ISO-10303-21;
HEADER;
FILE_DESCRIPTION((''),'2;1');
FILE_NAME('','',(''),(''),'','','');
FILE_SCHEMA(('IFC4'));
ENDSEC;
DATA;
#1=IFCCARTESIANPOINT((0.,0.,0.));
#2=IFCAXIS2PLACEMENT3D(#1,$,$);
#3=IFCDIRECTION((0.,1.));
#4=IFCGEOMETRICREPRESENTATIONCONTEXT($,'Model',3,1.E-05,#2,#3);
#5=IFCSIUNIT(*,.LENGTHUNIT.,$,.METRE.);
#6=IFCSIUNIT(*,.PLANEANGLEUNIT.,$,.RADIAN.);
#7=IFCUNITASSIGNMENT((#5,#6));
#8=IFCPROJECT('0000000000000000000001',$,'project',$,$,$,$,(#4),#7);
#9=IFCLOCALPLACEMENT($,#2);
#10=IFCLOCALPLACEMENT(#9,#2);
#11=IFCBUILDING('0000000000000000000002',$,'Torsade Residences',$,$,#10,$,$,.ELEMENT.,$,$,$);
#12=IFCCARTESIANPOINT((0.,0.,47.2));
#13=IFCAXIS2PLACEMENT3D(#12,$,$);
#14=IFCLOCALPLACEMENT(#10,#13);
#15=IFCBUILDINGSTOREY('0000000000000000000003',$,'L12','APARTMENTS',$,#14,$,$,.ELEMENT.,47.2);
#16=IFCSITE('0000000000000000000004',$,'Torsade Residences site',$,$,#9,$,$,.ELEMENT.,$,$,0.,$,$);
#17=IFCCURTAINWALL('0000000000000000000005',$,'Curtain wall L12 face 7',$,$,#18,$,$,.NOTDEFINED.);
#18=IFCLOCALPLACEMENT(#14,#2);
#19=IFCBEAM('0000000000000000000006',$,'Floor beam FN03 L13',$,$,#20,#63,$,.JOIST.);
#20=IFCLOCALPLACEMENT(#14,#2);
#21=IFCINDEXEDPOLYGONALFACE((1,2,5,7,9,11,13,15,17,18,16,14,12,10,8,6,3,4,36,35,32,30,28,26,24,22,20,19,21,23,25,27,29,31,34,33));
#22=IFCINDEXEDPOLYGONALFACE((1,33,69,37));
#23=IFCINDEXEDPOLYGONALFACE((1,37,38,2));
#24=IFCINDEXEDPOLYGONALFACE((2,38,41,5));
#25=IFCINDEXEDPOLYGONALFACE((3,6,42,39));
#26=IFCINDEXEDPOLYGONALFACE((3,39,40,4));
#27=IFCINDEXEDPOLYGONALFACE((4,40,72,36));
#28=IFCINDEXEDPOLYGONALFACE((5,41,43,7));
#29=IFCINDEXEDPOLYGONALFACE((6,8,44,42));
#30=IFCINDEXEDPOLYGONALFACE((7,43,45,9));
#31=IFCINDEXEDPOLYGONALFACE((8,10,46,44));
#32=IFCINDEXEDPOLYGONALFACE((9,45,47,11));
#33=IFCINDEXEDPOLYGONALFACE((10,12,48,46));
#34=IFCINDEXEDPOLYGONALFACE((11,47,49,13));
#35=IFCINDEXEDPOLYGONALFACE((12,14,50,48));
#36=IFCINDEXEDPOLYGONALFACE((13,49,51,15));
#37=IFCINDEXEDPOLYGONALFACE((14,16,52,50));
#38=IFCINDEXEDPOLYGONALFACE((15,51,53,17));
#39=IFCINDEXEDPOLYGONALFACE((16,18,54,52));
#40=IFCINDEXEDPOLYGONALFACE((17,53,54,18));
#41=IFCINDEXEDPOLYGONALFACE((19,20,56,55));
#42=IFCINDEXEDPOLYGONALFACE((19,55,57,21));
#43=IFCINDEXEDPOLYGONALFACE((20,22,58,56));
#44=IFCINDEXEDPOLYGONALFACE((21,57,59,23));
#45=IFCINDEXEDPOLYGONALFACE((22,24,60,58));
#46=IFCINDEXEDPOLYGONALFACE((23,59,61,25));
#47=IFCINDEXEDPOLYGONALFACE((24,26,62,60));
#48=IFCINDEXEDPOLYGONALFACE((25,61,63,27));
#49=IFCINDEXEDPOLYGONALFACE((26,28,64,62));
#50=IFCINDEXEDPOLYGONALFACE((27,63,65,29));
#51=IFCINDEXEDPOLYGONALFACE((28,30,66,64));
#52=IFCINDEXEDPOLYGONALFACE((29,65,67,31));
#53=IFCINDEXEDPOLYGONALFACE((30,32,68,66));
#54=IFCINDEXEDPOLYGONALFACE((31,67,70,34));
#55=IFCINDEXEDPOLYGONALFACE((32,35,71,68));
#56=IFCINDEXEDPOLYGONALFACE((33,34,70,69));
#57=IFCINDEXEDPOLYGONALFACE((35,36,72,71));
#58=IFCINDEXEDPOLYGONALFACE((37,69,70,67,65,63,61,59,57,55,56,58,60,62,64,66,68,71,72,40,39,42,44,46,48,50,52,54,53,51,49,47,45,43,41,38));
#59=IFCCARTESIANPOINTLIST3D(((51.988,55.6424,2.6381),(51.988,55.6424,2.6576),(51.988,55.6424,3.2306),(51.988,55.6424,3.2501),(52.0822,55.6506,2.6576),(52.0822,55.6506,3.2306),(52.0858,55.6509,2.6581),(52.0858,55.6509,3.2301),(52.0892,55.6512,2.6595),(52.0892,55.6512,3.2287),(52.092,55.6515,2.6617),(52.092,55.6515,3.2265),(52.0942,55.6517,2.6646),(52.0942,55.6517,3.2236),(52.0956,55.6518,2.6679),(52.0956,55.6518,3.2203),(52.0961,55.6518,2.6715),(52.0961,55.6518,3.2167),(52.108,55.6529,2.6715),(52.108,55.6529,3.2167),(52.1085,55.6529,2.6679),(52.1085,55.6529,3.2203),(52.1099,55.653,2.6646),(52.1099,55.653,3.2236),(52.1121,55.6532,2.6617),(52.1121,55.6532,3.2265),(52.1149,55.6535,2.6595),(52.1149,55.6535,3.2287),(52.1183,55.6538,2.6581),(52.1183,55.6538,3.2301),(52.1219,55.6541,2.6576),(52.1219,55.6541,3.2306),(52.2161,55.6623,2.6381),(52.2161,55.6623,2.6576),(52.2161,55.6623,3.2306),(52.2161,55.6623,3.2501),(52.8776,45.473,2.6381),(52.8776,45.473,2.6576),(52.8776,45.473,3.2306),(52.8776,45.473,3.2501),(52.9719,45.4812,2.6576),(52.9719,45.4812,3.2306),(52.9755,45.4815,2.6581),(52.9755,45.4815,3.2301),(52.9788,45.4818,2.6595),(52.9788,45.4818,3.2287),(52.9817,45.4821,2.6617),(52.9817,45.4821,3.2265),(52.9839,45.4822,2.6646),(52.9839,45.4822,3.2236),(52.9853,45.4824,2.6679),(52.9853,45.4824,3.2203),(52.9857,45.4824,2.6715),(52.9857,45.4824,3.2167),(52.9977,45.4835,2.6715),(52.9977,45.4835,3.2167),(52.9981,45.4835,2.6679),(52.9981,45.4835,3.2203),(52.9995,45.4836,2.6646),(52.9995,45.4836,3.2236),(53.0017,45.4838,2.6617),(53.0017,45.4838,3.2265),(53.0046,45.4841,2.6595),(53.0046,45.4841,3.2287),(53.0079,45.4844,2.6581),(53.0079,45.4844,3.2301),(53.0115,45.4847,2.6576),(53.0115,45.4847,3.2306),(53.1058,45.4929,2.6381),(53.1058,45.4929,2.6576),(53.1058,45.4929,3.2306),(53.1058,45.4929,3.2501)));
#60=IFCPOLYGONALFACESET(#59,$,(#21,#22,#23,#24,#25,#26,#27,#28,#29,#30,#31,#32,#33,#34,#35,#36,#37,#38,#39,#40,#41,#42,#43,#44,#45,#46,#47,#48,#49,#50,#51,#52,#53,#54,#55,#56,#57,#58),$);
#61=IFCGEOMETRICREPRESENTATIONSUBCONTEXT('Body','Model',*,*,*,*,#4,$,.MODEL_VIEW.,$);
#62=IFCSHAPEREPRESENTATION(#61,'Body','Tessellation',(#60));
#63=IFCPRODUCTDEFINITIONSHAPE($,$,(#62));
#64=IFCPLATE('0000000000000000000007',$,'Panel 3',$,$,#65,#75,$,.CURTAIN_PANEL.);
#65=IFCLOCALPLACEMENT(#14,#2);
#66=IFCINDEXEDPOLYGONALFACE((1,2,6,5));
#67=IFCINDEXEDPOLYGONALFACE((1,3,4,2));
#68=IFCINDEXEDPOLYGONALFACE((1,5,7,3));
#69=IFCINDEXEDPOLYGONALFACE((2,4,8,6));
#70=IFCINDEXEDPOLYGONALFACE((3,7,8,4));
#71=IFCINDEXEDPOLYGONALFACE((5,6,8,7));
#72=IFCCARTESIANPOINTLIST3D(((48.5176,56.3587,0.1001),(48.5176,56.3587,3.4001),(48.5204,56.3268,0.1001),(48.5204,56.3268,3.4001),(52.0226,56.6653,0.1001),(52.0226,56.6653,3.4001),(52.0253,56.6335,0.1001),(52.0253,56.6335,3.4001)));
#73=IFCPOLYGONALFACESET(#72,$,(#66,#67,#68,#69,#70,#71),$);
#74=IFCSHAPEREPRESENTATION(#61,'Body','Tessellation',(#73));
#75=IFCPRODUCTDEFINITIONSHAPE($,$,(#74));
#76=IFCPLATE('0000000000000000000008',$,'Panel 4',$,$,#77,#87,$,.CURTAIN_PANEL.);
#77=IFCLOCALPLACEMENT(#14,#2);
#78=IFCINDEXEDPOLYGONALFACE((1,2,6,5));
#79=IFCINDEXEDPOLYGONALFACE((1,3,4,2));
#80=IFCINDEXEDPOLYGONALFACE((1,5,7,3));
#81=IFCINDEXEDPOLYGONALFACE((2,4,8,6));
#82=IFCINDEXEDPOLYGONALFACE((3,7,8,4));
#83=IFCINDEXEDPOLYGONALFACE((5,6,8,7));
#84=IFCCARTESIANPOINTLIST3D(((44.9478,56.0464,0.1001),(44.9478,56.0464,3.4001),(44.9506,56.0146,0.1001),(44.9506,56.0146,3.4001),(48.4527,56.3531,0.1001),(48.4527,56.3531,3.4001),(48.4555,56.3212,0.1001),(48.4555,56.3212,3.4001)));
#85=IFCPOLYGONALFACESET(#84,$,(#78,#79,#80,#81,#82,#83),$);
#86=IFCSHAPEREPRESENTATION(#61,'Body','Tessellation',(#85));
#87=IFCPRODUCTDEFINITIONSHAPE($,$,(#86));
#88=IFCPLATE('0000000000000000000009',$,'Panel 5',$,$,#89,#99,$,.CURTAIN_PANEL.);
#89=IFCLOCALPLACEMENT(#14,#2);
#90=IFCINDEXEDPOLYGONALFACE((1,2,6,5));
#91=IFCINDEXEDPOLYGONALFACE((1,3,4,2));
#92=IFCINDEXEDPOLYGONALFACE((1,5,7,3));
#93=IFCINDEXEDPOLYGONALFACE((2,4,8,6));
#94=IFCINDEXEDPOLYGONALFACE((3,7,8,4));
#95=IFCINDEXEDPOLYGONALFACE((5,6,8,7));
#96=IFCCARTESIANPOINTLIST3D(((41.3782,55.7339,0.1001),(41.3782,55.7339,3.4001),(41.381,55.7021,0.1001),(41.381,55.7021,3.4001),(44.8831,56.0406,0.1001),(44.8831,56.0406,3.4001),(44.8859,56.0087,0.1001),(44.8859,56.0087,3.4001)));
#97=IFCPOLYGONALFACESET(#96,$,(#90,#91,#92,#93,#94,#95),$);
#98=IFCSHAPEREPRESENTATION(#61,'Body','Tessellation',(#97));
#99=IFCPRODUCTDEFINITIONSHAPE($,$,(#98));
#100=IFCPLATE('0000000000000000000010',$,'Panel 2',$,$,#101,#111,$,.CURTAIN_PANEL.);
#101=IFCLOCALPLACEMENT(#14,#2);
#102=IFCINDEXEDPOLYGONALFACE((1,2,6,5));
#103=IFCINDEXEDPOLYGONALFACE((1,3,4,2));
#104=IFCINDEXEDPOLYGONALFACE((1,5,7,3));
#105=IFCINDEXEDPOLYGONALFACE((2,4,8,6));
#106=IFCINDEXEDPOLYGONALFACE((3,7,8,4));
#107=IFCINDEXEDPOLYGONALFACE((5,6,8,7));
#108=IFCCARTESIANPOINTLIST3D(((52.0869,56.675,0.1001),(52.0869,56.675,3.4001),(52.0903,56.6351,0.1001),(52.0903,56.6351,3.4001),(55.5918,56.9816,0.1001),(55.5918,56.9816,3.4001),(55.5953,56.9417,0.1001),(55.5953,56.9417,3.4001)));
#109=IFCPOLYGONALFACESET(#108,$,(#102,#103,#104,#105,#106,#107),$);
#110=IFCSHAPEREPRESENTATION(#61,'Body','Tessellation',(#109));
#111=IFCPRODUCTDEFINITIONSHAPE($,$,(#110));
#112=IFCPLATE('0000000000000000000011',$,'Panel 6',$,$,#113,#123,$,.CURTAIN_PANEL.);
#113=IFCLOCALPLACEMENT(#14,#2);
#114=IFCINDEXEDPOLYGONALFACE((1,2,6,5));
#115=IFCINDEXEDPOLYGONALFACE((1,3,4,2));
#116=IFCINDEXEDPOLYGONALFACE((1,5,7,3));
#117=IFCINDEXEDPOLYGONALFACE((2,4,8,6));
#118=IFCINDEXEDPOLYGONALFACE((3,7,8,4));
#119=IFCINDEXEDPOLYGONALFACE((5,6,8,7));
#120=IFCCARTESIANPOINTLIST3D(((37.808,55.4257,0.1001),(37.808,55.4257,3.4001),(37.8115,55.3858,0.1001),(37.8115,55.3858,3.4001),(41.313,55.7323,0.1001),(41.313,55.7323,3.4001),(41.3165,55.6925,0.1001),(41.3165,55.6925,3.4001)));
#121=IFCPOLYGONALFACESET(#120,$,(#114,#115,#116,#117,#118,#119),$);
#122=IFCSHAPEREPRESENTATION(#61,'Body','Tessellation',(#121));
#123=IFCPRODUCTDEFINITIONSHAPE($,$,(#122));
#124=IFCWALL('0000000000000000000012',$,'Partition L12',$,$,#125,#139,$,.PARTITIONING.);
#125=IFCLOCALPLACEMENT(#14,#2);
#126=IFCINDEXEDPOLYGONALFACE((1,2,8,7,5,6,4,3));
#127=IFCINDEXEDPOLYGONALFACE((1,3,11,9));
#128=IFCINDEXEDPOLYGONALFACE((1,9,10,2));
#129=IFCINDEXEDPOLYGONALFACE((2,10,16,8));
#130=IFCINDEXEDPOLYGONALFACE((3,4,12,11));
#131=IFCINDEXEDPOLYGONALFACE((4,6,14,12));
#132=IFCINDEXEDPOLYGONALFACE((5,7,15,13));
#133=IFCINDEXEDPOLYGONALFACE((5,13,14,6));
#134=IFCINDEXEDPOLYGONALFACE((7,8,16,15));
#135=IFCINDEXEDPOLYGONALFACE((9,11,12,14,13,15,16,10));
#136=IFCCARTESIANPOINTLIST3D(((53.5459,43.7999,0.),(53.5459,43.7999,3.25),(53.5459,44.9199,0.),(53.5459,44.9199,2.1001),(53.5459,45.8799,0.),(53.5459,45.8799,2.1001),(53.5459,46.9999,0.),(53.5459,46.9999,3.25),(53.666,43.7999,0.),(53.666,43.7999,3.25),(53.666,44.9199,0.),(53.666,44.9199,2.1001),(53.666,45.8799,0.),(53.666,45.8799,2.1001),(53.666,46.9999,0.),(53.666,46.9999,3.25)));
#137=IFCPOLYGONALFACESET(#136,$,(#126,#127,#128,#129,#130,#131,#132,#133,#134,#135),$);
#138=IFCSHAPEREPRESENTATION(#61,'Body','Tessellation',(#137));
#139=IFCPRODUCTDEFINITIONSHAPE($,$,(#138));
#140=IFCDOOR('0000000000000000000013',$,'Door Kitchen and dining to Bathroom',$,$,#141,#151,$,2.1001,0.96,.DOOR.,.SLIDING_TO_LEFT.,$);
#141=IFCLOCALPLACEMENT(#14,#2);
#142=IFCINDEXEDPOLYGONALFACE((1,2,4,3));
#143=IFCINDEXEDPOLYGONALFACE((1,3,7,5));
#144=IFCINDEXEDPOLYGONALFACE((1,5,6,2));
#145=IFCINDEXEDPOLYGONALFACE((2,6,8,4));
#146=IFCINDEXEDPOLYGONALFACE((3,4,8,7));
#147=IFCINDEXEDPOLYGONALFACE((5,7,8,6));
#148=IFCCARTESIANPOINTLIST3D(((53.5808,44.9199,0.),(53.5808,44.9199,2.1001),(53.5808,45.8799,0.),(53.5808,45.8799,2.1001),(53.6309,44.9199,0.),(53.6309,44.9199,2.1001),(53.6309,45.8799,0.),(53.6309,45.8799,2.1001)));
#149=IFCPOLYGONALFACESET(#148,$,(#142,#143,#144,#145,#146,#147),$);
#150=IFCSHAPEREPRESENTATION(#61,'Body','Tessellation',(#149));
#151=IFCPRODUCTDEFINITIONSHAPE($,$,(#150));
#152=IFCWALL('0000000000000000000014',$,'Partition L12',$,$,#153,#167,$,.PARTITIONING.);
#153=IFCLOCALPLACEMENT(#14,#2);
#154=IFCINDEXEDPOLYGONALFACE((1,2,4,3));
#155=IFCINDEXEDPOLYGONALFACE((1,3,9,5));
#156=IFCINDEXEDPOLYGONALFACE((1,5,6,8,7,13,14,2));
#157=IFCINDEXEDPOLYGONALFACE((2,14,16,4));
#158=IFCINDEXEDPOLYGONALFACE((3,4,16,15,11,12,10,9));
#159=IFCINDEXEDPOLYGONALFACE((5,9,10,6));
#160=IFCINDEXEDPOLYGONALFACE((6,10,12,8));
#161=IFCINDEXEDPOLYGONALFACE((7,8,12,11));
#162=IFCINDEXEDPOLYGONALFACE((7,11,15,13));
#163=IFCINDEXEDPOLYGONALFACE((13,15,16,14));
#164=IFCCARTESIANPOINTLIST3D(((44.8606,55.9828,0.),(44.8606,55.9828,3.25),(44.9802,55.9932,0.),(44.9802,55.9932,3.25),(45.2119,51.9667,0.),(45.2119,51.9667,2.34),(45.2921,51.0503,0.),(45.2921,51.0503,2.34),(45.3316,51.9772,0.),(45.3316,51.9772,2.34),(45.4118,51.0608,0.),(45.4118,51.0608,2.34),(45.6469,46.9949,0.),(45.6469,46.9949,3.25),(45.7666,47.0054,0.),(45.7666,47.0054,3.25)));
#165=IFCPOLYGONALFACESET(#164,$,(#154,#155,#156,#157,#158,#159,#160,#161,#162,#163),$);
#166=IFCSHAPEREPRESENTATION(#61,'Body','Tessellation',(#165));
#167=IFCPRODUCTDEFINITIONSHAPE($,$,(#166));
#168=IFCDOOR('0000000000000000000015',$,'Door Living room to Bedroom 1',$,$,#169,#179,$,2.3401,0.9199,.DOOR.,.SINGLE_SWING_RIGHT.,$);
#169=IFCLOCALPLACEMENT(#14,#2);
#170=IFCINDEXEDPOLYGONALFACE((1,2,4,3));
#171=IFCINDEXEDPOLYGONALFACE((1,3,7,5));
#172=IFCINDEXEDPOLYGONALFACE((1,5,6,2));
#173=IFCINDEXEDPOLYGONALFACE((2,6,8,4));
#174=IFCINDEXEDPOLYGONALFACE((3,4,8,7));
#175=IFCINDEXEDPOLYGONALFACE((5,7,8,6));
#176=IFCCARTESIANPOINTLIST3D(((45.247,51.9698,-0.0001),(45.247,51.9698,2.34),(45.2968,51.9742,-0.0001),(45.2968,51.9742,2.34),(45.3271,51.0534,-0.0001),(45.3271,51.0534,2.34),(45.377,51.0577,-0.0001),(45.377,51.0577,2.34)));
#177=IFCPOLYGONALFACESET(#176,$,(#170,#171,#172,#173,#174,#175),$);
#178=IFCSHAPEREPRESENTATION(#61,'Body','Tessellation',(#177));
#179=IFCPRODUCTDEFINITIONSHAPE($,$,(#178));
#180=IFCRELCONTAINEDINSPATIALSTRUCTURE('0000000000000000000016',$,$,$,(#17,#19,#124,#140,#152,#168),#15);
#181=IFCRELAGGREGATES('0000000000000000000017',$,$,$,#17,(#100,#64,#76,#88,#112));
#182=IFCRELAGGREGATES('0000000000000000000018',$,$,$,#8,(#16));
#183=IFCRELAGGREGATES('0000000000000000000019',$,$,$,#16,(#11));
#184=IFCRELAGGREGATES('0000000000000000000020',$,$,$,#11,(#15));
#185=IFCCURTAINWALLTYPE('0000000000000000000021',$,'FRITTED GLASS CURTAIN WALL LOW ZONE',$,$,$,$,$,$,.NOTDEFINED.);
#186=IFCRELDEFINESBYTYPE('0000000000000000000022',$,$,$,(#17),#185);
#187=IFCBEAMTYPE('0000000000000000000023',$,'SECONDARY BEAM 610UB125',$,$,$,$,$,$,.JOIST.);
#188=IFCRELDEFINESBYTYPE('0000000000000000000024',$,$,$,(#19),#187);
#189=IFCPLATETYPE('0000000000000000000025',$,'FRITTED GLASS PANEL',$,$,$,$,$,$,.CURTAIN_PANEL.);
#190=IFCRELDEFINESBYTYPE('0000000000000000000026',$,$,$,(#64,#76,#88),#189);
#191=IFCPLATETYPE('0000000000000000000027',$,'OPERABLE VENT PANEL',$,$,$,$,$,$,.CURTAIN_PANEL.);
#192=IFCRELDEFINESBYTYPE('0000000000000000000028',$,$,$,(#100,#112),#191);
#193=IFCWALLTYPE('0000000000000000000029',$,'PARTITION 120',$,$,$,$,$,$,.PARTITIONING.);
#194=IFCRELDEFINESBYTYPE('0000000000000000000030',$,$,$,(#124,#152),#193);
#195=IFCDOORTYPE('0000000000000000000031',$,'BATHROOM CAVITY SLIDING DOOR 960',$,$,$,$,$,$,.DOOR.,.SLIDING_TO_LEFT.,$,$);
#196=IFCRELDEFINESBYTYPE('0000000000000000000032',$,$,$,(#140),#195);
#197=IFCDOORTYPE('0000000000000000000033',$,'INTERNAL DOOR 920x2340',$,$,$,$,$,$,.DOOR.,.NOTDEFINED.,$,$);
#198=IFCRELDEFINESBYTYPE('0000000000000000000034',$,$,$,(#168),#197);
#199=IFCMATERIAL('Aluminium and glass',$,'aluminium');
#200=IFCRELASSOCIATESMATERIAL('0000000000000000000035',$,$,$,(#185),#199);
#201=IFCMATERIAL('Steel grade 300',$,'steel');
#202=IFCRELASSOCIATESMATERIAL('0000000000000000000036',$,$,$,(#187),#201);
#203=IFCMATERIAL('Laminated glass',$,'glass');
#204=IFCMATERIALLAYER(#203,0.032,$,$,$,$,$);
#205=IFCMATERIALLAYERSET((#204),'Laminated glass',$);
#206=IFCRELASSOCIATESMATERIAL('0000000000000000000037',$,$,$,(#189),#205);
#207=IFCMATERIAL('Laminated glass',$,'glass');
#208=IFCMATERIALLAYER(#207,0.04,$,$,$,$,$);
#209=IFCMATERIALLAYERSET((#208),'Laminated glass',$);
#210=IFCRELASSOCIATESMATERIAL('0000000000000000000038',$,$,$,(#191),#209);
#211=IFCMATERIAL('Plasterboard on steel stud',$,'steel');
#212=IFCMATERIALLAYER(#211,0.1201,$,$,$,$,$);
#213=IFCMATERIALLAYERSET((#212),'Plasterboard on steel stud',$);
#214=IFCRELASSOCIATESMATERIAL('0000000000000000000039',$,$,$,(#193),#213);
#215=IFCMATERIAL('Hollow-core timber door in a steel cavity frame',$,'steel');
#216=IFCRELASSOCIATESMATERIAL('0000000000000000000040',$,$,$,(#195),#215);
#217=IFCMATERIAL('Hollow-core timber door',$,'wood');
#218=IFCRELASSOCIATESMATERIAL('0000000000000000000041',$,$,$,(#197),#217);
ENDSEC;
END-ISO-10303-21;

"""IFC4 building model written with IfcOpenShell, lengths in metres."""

from ifc_helpers import new_model, si_unit, direction, frame, frame_2d, origin, origin_2d, place, context, subcontext, project, spatial, rectangle, i_section, extrude, material, layer, layer_set, material_profile, profile_set, type_object, element, fill, aggregate, save


model = new_model("IFC4")

# Units and contexts
model_context = context("Model", 3, precision=1e-05, world=origin(), true_north=direction((0.0, 1.0)))
body_context = subcontext(model_context, "Body", "Model", "MODEL_VIEW")
ifc_project = project(units=[si_unit("LENGTHUNIT", "METRE"), si_unit("PLANEANGLEUNIT", "RADIAN")], contexts=[model_context])

# Site, building, storey
site_placement = place(None, origin())
site = spatial("IfcSite", under=ifc_project, at=site_placement, Name="Torsade Residences site", CompositionType="ELEMENT", RefElevation=0.0)
building_placement = place(site_placement, origin())
building = spatial("IfcBuilding", under=site, at=building_placement, Name="Torsade Residences", CompositionType="ELEMENT")
storey_placement = place(building_placement, frame((0.0, 0.0, 47.2)))
storey = spatial("IfcBuildingStorey", under=building, at=storey_placement, Name="L12", Description="APARTMENTS", CompositionType="ELEMENT", Elevation=47.2)

# Curtain wall
ifc_material_1 = material(Name="Aluminium and glass", Category="aluminium")
curtain_wall_type = type_object("IfcCurtainWallType", Name="FRITTED GLASS CURTAIN WALL LOW ZONE", PredefinedType="NOTDEFINED", material=ifc_material_1)
curtain_wall_placement = place(storey_placement, origin())
curtain_wall = element("IfcCurtainWall", 1, at=curtain_wall_placement, inside=storey, type_object=curtain_wall_type, Name="Curtain wall L12 face 7", PredefinedType="NOTDEFINED")

# Beam
ifc_material_2 = material(Name="Steel grade 300", Category="steel")
ifc_material_profile_1 = material_profile(ifc_material_2, i_section(OverallWidth=0.229, OverallDepth=0.6121, WebThickness=0.012, FlangeThickness=0.0195, FilletRadius=0.0139, at=origin_2d()), Name="610UB125")
ifc_profile_set_1 = profile_set([ifc_material_profile_1], Name="Steel grade 300")
beam_type_1 = type_object("IfcBeamType", Name="SECONDARY BEAM 610UB125", PredefinedType="JOIST", material=ifc_profile_set_1)
beam_1_placement = place(storey_placement, frame((52.1021, 55.6523, 2.9441), z_axis=(0.08715, -0.996195, 0.0), x_axis=(0.996195, 0.08715, 0.0)))
element("IfcBeam", 2, at=beam_1_placement, inside=storey, type_object=beam_type_1, Name="Floor beam FN03 L13", PredefinedType="JOIST", context=body_context, shape_type="SweptSolid", body=[
    extrude(i_section(OverallWidth=0.229, OverallDepth=0.6121, WebThickness=0.012, FlangeThickness=0.0195, FilletRadius=0.0139, at=origin_2d()), origin(), (0.0, 0.0, 1.0), 10.2083),
])

# Plates
ifc_material_3 = material(Name="Laminated glass", Category="glass")
ifc_layer_1 = layer(ifc_material_3, 0.032)
ifc_layer_set_1 = layer_set([ifc_layer_1], Name="Laminated glass")
plate_type_1 = type_object("IfcPlateType", Name="FRITTED GLASS PANEL", PredefinedType="CURTAIN_PANEL", material=ifc_layer_set_1)
plate_1_placement = place(storey_placement, frame((50.2715, 56.4961, 0.1001), z_axis=(0.0, 0.0, 1.0), x_axis=(-0.996195, -0.087156, 0.0)))
plate_1 = element("IfcPlate", 3, at=plate_1_placement, type_object=plate_type_1, Name="Panel 3", PredefinedType="CURTAIN_PANEL", context=body_context, shape_type="SweptSolid", body=[
    extrude(rectangle(XDim=3.5183, YDim=0.032, at=origin_2d()), origin(), (0.0, 0.0, 1.0), 3.3),
])
plate_2_placement = place(storey_placement, frame((46.7017, 56.1838, 0.1001), z_axis=(0.0, 0.0, 1.0), x_axis=(-0.996195, -0.087156, 0.0)))
plate_2 = element("IfcPlate", 4, at=plate_2_placement, type_object=plate_type_1, Name="Panel 4", PredefinedType="CURTAIN_PANEL", context=body_context, shape_type="SweptSolid", body=[
    extrude(rectangle(XDim=3.5183, YDim=0.032, at=origin_2d()), origin(), (0.0, 0.0, 1.0), 3.3),
])
plate_3_placement = place(storey_placement, frame((43.1321, 55.8713, 0.1001), z_axis=(0.0, 0.0, 1.0), x_axis=(-0.996195, -0.087156, 0.0)))
plate_3 = element("IfcPlate", 5, at=plate_3_placement, type_object=plate_type_1, Name="Panel 5", PredefinedType="CURTAIN_PANEL", context=body_context, shape_type="SweptSolid", body=[
    extrude(rectangle(XDim=3.5183, YDim=0.032, at=origin_2d()), origin(), (0.0, 0.0, 1.0), 3.3),
])
ifc_material_4 = material(Name="Laminated glass", Category="glass")
ifc_layer_2 = layer(ifc_material_4, 0.04)
ifc_layer_set_2 = layer_set([ifc_layer_2], Name="Laminated glass")
plate_type_2 = type_object("IfcPlateType", Name="OPERABLE VENT PANEL", PredefinedType="CURTAIN_PANEL", material=ifc_layer_set_2)
plate_4_placement = place(storey_placement, frame((53.8411, 56.8083, 0.1001), z_axis=(0.0, 0.0, 1.0), x_axis=(-0.996195, -0.087156, 0.0)))
plate_4 = element("IfcPlate", 6, at=plate_4_placement, type_object=plate_type_2, Name="Panel 2", PredefinedType="CURTAIN_PANEL", context=body_context, shape_type="SweptSolid", body=[
    extrude(rectangle(XDim=3.5183, YDim=0.04, at=origin_2d()), origin(), (0.0, 0.0, 1.0), 3.3),
])
plate_5_placement = place(storey_placement, frame((39.5623, 55.5591, 0.1001), z_axis=(0.0, 0.0, 1.0), x_axis=(-0.996195, -0.087156, 0.0)))
plate_5 = element("IfcPlate", 7, at=plate_5_placement, type_object=plate_type_2, Name="Panel 6", PredefinedType="CURTAIN_PANEL", context=body_context, shape_type="SweptSolid", body=[
    extrude(rectangle(XDim=3.5183, YDim=0.04, at=origin_2d()), origin(), (0.0, 0.0, 1.0), 3.3),
])
aggregate(curtain_wall, [plate_4, plate_1, plate_2, plate_3, plate_5])

# Walls, openings, doors
ifc_material_5 = material(Name="Plasterboard on steel stud", Category="steel")
ifc_layer_3 = layer(ifc_material_5, 0.1201)
ifc_layer_set_3 = layer_set([ifc_layer_3], Name="Plasterboard on steel stud")
wall_type_1 = type_object("IfcWallType", Name="PARTITION 120", PredefinedType="PARTITIONING", material=ifc_layer_set_3)
wall_1_placement = place(storey_placement, frame((53.606, 47.0, 0.0), z_axis=(0.0, 0.0, 1.0), x_axis=(0.0, -1.0, 0.0)))
wall_1 = element("IfcWall", 8, at=wall_1_placement, inside=storey, type_object=wall_type_1, Name="Partition L12", PredefinedType="PARTITIONING", context=body_context, shape_type="SweptSolid", body=[
    extrude(rectangle(XDim=3.2, YDim=0.1201, at=frame_2d((1.6001, 0.0))), origin(), (0.0, 0.0, 1.0), 3.25),
])
opening_1_placement = place(wall_1_placement, frame((1.1201, 0.0, 0.0)))
opening_1 = element("IfcOpeningElement", 9, at=opening_1_placement, cuts=wall_1, PredefinedType="OPENING", context=body_context, shape_type="SweptSolid", body=[
    extrude(rectangle(XDim=0.96, YDim=2.1001, at=frame_2d((0.48, 1.05))), frame((0.0, 0.0701, 0.0), z_axis=(0.0, -1.0, 0.0), x_axis=(1.0, 0.0, 0.0)), (0.0, 0.0, 1.0), 0.1401),
])
ifc_material_6 = material(Name="Hollow-core timber door in a steel cavity frame", Category="steel")
door_type_1 = type_object("IfcDoorType", Name="BATHROOM CAVITY SLIDING DOOR 960", OperationType="SLIDING_TO_LEFT", PredefinedType="DOOR", material=ifc_material_6)
door_1_placement = place(opening_1_placement, origin())
door_1 = element("IfcDoor", 10, at=door_1_placement, inside=storey, type_object=door_type_1, Name="Door Kitchen and dining to Bathroom", OperationType="SLIDING_TO_LEFT", OverallHeight=2.1001, OverallWidth=0.96, PredefinedType="DOOR", context=body_context, shape_type="SweptSolid", body=[
    extrude(rectangle(XDim=0.96, YDim=2.1001, at=frame_2d((0.48, 1.05))), frame((0.0, 0.0249, 0.0), z_axis=(0.0, -1.0, 0.0), x_axis=(1.0, 0.0, 0.0)), (0.0, 0.0, 1.0), 0.05),
])
fill(opening_1, door_1)
wall_2_placement = place(storey_placement, frame((45.7068, 47.0, 0.0), z_axis=(0.0, 0.0, 1.0), x_axis=(-0.087161, 0.996194, 0.0)))
wall_2 = element("IfcWall", 11, at=wall_2_placement, inside=storey, type_object=wall_type_1, Name="Partition L12", PredefinedType="PARTITIONING", context=body_context, shape_type="SweptSolid", body=[
    extrude(rectangle(XDim=9.0222, YDim=0.1201, at=frame_2d((4.5112, 0.0))), origin(), (0.0, 0.0, 1.0), 3.25),
])
opening_2_placement = place(wall_2_placement, frame((4.071, 0.0, 0.0)))
opening_2 = element("IfcOpeningElement", 12, at=opening_2_placement, cuts=wall_2, PredefinedType="OPENING", context=body_context, shape_type="SweptSolid", body=[
    extrude(rectangle(XDim=0.9199, YDim=2.3401, at=frame_2d((0.46, 1.1699))), frame((0.0, 0.0701, 0.0), z_axis=(0.0, -1.0, 0.0), x_axis=(1.0, 0.0, 0.0)), (0.0, 0.0, 1.0), 0.1401),
])
ifc_material_7 = material(Name="Hollow-core timber door", Category="wood")
door_type_2 = type_object("IfcDoorType", Name="INTERNAL DOOR 920x2340", OperationType="NOTDEFINED", PredefinedType="DOOR", material=ifc_material_7)
door_2_placement = place(opening_2_placement, origin())
door_2 = element("IfcDoor", 13, at=door_2_placement, inside=storey, type_object=door_type_2, Name="Door Living room to Bedroom 1", OperationType="SINGLE_SWING_RIGHT", OverallHeight=2.3401, OverallWidth=0.9199, PredefinedType="DOOR", context=body_context, shape_type="SweptSolid", body=[
    extrude(rectangle(XDim=0.9199, YDim=2.3401, at=frame_2d((0.46, 1.1699))), frame((0.0, 0.0249, 0.0), z_axis=(0.0, -1.0, 0.0), x_axis=(1.0, 0.0, 0.0)), (0.0, 0.0, 1.0), 0.05),
])
fill(opening_2, door_2)

save(model, "model.ifc")
